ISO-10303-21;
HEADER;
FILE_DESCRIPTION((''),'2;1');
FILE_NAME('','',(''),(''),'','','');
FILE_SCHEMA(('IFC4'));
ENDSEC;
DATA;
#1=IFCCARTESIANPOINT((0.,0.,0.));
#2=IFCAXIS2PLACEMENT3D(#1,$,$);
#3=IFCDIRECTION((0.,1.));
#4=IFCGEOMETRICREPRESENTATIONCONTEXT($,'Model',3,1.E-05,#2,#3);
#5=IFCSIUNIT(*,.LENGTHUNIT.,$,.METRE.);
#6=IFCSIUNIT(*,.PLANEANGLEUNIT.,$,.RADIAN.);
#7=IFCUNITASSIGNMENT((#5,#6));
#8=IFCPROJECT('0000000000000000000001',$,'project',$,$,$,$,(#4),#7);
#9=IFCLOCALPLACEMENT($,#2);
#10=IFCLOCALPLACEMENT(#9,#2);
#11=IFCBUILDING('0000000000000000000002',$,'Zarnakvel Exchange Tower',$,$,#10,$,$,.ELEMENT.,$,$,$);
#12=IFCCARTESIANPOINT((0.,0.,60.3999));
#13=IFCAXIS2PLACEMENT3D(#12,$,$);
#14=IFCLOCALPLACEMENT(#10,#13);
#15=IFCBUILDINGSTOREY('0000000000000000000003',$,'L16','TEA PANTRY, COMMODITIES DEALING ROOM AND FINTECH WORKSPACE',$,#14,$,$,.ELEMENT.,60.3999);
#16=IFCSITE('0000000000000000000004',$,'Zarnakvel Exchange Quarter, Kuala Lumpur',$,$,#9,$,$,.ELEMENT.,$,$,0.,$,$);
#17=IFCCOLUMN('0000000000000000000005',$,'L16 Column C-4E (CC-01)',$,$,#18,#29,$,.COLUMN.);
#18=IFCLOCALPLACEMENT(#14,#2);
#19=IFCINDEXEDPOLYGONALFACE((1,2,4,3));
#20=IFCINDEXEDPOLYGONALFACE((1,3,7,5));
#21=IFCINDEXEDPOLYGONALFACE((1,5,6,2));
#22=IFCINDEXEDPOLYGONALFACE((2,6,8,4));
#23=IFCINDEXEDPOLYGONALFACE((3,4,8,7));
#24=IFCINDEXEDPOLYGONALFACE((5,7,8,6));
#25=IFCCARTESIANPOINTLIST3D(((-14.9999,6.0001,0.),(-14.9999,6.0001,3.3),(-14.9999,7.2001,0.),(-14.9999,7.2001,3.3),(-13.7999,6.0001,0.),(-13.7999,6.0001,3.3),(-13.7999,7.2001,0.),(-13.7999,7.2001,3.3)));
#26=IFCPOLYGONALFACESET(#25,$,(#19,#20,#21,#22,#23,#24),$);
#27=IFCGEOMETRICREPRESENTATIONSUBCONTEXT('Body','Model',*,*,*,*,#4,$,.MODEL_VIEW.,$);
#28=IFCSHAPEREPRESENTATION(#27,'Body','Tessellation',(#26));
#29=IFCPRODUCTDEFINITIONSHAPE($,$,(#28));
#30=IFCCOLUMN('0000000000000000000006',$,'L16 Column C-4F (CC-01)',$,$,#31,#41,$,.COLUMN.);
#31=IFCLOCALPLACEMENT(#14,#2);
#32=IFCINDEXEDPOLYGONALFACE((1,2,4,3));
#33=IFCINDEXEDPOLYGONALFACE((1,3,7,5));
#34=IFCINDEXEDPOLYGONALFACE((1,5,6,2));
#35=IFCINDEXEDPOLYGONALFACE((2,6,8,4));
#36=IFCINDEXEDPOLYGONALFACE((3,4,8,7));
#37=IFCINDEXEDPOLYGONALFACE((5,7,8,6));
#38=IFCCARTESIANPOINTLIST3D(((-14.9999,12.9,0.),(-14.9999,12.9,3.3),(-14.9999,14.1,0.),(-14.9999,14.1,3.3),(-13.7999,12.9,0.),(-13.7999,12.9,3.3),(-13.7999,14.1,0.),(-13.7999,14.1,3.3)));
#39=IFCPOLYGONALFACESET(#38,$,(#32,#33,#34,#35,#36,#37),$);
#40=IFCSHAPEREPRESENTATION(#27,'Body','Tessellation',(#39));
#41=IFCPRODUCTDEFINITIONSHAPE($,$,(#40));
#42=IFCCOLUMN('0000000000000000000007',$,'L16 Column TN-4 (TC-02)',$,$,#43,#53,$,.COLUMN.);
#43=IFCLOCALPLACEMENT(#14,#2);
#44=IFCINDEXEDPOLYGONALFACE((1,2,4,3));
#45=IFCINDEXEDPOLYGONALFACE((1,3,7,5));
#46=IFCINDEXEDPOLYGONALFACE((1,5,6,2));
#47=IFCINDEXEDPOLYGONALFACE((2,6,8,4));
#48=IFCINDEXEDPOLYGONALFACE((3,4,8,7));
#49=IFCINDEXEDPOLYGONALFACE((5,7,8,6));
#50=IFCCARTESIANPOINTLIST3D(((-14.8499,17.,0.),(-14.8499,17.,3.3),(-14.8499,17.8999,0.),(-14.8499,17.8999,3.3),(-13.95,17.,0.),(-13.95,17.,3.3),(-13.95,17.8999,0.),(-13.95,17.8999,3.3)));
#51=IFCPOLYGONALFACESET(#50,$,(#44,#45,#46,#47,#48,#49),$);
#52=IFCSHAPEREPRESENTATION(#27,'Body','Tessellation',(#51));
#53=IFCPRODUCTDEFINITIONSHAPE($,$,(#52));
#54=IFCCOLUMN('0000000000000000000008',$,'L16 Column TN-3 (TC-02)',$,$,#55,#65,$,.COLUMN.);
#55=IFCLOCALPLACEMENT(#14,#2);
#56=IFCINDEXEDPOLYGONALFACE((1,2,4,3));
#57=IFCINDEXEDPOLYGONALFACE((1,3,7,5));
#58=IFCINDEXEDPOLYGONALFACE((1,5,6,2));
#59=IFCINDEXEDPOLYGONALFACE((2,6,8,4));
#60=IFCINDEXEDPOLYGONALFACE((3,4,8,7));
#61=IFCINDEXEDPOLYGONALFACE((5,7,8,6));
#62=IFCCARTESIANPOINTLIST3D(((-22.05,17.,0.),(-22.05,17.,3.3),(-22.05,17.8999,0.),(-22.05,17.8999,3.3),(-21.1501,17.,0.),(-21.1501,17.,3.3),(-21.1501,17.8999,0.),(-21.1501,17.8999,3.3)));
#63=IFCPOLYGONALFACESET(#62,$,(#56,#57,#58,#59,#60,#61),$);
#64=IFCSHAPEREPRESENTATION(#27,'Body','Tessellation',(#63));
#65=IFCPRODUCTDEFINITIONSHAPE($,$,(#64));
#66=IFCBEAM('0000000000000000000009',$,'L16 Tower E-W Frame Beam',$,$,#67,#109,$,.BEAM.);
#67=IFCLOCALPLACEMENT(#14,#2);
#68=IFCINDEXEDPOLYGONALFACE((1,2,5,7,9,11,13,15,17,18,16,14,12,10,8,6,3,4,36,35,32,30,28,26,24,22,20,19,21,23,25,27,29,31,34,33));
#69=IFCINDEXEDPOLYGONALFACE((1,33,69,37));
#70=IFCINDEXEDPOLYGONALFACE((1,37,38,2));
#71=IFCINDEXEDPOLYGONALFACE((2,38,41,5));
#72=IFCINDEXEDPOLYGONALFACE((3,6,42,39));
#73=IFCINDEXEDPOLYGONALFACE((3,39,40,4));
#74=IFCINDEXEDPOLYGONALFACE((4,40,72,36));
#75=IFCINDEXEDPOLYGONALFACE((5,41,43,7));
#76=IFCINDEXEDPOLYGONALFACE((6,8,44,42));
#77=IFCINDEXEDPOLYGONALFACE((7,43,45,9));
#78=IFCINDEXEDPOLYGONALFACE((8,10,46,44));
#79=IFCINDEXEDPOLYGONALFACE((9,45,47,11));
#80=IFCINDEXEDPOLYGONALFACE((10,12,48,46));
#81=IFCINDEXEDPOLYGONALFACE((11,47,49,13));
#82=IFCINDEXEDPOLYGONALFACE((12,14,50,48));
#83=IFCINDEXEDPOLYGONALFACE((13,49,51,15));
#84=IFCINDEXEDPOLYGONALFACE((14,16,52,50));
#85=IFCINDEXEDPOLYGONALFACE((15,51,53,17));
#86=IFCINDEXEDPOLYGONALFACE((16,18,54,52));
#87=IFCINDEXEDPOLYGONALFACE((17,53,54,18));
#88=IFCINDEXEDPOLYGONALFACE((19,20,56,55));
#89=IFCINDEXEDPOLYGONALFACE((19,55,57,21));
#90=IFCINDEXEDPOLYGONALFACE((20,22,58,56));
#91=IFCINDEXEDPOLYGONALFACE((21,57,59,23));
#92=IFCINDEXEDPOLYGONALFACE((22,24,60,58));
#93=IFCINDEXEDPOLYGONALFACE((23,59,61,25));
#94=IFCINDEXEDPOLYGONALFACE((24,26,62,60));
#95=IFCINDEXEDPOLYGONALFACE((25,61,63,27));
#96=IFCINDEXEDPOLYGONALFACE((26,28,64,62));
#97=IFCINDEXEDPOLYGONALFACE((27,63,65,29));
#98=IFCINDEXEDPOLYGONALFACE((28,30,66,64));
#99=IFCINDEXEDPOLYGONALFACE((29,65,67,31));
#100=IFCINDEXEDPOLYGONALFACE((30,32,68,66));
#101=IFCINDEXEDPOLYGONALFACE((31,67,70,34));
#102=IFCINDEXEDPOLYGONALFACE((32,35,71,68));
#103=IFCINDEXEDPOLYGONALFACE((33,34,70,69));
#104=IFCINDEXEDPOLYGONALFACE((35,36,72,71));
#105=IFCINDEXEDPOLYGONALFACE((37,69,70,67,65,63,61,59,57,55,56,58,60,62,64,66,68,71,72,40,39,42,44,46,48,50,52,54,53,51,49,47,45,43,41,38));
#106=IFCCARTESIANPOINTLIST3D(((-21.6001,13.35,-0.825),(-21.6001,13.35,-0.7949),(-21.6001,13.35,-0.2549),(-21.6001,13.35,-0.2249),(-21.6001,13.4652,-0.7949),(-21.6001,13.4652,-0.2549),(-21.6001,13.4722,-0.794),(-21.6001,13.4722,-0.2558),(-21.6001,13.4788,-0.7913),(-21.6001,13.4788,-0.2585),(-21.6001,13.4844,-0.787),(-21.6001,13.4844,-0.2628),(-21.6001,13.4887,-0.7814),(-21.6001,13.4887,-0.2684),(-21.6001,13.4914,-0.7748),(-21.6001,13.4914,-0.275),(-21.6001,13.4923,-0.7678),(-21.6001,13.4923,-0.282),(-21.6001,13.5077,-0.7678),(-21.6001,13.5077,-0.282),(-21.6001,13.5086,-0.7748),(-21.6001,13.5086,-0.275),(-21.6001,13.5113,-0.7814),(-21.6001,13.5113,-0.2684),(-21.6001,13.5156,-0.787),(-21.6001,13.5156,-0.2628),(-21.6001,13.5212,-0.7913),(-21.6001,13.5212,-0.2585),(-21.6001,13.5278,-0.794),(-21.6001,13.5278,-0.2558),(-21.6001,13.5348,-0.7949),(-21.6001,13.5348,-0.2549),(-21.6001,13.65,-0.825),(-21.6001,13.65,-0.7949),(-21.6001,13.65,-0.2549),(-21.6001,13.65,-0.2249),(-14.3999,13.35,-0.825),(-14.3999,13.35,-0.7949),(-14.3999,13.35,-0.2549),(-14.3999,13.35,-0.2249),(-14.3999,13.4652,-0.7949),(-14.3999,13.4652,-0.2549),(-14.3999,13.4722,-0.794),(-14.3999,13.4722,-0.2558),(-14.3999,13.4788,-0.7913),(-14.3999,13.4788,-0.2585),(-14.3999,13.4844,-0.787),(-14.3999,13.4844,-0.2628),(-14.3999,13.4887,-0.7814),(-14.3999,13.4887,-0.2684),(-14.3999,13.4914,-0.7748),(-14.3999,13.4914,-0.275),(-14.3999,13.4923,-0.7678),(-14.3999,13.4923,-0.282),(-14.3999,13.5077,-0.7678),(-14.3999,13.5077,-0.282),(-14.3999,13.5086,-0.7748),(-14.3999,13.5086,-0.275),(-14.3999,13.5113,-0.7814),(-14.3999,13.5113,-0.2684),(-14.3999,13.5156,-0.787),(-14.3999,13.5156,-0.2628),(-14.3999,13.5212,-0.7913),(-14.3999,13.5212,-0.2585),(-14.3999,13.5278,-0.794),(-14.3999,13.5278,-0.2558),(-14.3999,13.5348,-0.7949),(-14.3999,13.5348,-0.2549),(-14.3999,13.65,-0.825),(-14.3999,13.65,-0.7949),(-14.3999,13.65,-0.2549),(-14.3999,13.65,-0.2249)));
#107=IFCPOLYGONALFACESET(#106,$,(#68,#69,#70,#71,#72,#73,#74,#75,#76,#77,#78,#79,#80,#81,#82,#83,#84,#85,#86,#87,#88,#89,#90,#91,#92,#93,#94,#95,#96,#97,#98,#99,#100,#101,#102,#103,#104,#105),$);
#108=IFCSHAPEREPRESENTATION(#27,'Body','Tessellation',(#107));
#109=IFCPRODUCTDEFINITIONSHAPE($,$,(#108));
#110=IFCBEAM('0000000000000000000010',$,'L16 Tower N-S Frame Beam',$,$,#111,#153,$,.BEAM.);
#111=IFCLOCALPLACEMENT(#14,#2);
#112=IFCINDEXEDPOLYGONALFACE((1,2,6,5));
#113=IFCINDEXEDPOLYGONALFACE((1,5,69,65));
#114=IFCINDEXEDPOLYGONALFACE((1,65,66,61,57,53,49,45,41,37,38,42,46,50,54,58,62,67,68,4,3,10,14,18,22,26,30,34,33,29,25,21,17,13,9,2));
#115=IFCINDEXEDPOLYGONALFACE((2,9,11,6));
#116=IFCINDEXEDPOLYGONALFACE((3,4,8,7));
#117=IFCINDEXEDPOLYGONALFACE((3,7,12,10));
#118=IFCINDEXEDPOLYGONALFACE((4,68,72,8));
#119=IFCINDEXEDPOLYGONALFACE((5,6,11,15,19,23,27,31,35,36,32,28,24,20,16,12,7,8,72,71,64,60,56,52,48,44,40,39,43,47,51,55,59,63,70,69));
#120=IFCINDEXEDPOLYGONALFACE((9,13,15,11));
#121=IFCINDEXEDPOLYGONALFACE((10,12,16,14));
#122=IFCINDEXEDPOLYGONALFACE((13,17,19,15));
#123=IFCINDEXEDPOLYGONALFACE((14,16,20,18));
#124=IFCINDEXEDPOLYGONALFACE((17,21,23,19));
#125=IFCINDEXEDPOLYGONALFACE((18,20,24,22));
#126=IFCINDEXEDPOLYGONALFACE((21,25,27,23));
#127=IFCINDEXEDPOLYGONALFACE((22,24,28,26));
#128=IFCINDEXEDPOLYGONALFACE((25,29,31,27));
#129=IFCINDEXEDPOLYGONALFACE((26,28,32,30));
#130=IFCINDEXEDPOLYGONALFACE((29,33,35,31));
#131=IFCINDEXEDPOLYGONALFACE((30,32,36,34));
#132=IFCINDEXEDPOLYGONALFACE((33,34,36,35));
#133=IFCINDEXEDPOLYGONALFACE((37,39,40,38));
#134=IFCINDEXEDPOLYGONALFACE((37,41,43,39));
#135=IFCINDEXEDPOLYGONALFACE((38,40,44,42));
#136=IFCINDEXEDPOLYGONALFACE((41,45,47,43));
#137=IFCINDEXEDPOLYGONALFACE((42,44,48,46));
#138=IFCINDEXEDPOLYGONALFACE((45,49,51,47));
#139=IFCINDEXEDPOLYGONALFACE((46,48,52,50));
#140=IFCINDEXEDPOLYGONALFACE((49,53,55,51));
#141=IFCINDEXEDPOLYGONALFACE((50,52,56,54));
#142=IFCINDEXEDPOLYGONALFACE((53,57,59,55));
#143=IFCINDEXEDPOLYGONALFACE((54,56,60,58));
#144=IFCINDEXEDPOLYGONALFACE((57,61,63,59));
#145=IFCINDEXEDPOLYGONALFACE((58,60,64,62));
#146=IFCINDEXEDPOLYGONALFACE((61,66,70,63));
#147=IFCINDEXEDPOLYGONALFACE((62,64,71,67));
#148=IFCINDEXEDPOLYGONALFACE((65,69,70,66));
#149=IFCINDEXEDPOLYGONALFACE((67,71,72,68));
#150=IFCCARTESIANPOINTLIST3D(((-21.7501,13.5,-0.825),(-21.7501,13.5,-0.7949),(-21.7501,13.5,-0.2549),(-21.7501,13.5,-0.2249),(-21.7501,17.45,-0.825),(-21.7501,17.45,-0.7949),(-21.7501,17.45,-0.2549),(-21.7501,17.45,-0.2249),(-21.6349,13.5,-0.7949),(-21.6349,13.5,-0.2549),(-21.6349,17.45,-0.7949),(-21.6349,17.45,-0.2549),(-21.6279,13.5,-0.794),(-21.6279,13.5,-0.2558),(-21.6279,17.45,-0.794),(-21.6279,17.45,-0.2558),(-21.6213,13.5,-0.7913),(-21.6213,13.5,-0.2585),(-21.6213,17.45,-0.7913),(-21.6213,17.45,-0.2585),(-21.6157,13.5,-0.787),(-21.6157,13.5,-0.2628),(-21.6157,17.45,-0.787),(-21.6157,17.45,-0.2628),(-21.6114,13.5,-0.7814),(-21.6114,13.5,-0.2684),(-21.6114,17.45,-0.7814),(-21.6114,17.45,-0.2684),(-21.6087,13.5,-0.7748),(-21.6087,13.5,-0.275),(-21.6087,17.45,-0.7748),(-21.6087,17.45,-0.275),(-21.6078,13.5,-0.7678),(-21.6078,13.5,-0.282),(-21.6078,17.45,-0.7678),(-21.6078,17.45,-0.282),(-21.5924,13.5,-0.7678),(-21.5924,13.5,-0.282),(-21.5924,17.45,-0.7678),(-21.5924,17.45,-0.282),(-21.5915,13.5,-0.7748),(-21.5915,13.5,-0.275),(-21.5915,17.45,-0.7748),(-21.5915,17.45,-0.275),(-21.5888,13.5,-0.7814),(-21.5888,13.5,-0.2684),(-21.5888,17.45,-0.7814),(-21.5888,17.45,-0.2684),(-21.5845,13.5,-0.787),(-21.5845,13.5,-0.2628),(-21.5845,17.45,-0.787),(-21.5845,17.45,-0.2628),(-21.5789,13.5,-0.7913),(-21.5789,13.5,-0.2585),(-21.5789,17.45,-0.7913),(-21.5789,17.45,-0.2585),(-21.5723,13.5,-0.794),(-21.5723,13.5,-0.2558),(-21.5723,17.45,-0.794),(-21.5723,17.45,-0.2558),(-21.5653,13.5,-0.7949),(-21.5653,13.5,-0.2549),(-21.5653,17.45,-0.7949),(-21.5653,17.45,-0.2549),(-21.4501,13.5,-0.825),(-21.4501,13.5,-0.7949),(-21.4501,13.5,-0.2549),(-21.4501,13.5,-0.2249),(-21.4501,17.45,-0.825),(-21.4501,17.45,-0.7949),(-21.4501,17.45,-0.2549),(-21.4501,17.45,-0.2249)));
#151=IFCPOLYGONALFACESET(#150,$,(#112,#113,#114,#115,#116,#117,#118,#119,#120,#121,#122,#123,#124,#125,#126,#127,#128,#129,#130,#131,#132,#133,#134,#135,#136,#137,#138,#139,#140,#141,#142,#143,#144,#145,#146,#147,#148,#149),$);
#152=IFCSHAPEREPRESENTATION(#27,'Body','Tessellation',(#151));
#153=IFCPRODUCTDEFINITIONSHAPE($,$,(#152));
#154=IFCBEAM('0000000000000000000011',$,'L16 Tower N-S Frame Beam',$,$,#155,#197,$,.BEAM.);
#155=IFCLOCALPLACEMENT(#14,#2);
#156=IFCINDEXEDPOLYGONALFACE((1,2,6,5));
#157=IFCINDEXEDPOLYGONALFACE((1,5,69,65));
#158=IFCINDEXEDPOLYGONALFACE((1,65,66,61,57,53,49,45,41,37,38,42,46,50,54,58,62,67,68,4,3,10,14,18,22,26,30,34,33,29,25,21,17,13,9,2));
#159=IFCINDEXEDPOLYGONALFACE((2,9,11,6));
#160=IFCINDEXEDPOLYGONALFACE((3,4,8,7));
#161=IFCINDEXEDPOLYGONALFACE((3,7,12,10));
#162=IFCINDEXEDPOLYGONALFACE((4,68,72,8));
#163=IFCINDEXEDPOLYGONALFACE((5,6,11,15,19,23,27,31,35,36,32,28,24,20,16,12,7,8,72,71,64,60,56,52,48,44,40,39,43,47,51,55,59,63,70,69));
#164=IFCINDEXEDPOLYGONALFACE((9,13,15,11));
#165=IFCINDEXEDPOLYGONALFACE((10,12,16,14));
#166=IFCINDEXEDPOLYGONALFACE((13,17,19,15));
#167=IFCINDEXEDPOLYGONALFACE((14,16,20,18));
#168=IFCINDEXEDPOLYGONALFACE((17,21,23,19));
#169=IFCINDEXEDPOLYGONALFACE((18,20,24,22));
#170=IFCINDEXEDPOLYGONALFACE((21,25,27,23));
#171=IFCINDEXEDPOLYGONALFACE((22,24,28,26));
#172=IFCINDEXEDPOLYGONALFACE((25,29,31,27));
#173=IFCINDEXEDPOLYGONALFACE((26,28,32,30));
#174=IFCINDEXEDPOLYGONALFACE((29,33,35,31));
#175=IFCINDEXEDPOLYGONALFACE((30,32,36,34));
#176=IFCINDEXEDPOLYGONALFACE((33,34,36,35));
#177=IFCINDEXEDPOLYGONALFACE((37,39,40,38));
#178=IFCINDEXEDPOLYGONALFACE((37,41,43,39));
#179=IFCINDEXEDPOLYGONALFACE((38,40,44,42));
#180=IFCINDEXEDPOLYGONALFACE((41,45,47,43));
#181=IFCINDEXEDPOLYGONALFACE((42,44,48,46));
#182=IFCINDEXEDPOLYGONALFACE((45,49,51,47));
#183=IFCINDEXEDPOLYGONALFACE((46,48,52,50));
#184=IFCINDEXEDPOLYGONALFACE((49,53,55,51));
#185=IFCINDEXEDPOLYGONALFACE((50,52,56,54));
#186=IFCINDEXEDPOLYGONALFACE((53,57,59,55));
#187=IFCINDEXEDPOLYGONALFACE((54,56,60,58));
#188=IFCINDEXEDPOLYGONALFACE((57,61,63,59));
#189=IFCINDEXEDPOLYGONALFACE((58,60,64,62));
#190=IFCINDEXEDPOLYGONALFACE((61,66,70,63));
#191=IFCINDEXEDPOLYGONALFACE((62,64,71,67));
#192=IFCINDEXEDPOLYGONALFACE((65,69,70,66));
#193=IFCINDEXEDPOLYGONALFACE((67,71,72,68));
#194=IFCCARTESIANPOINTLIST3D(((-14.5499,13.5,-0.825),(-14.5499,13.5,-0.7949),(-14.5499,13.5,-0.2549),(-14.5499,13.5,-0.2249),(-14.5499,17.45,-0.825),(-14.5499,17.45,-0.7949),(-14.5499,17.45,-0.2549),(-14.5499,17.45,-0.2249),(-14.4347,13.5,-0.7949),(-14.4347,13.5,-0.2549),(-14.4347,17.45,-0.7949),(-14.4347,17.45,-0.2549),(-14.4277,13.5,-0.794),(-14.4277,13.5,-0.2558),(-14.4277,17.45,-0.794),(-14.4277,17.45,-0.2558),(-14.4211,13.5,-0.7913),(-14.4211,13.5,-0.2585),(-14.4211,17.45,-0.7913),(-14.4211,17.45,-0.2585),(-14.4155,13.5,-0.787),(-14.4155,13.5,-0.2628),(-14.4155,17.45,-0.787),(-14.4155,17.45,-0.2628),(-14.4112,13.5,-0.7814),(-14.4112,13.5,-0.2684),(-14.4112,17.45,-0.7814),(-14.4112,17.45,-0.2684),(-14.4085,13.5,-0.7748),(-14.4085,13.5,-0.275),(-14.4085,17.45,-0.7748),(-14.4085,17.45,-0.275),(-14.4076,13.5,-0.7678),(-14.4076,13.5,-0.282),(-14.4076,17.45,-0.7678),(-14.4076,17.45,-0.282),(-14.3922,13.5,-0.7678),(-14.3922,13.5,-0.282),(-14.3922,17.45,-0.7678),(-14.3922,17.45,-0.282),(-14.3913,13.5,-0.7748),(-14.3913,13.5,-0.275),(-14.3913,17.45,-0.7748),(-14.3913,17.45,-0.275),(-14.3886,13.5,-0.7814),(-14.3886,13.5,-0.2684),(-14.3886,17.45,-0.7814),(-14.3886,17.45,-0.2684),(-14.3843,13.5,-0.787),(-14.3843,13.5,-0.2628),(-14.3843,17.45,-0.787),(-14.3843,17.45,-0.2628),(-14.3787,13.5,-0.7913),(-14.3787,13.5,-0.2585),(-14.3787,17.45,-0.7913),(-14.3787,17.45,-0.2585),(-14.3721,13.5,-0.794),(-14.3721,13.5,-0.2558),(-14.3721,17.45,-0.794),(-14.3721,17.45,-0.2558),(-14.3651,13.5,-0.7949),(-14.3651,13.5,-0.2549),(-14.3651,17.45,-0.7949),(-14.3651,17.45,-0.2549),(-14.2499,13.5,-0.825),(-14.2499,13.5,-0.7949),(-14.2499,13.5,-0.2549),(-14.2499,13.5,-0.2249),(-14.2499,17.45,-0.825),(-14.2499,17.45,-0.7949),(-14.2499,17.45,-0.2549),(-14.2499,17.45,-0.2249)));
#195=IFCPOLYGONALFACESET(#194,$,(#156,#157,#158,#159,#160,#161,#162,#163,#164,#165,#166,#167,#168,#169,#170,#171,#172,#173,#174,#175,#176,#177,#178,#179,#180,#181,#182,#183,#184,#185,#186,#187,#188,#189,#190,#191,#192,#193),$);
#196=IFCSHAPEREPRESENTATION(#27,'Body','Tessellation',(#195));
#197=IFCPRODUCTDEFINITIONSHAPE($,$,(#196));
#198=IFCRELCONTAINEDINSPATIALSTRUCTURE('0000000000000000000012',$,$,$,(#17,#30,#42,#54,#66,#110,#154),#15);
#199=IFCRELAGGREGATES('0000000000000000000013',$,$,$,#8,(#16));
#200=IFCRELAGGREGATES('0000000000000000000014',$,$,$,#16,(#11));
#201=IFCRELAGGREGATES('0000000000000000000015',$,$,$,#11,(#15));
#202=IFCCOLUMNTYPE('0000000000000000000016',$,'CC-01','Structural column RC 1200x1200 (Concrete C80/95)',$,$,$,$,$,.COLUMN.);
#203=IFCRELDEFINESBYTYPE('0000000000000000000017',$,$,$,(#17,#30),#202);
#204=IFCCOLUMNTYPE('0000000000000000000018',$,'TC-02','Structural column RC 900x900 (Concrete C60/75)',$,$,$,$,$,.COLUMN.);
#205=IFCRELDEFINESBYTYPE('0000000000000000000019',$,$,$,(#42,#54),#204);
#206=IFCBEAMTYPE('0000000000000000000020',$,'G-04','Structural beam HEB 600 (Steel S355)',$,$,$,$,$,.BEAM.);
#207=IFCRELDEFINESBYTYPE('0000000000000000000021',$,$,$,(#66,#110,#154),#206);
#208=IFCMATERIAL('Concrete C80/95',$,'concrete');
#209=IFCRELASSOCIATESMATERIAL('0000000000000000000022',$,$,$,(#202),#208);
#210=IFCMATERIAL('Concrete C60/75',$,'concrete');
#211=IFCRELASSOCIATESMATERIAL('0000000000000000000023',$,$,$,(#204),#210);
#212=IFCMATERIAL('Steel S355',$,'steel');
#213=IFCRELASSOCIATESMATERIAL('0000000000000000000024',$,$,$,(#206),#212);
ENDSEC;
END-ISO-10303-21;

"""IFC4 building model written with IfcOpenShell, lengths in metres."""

from ifc_helpers import new_model, si_unit, direction, frame, origin, origin_2d, place, context, subcontext, project, spatial, rectangle, i_section, extrude, material, material_profile, profile_set, type_object, element, save


model = new_model("IFC4")

# Units and contexts
model_context = context("Model", 3, precision=1e-05, world=origin(), true_north=direction((0.0, 1.0)))
body_context = subcontext(model_context, "Body", "Model", "MODEL_VIEW")
ifc_project = project(units=[si_unit("LENGTHUNIT", "METRE"), si_unit("PLANEANGLEUNIT", "RADIAN")], contexts=[model_context])

# Site, building, storey
site_placement = place(None, origin())
site = spatial("IfcSite", under=ifc_project, at=site_placement, Name="Zarnakvel Exchange Quarter, Kuala Lumpur", CompositionType="ELEMENT", RefElevation=0.0)
building_placement = place(site_placement, origin())
building = spatial("IfcBuilding", under=site, at=building_placement, Name="Zarnakvel Exchange Tower", CompositionType="ELEMENT")
storey_placement = place(building_placement, frame((0.0, 0.0, 60.3999)))
storey = spatial("IfcBuildingStorey", under=building, at=storey_placement, Name="L16", Description="TEA PANTRY, COMMODITIES DEALING ROOM AND FINTECH WORKSPACE", CompositionType="ELEMENT", Elevation=60.3999)

# Columns
ifc_material_1 = material(Name="Concrete C80/95", Category="concrete")
ifc_material_profile_1 = material_profile(ifc_material_1, rectangle(XDim=1.2, YDim=1.2, at=origin_2d()))
ifc_profile_set_1 = profile_set([ifc_material_profile_1], Name="Concrete C80/95")
column_type_1 = type_object("IfcColumnType", Name="CC-01", Description="Structural column RC 1200x1200 (Concrete C80/95)", PredefinedType="COLUMN", material=ifc_profile_set_1)
for number, where, z_axis, x_axis, name in (
    (1, (-14.3999, 6.6001, 0.0), (0.0, 0.0, 1.0), (1.0, 0.0, 0.0), "L16 Column C-4E (CC-01)"),
    (2, (-14.3999, 13.5, 0.0), (0.0, 0.0, 1.0), (1.0, 0.0, 0.0), "L16 Column C-4F (CC-01)"),
):
    element("IfcColumn", number, at=place(storey_placement, frame(where, z_axis=z_axis, x_axis=x_axis)), inside=storey, type_object=column_type_1, Name=name, PredefinedType="COLUMN", context=body_context, shape_type="SweptSolid", body=[
        extrude(rectangle(XDim=1.2, YDim=1.2, at=origin_2d()), origin(), (0.0, 0.0, 1.0), 3.3),
    ])
ifc_material_2 = material(Name="Concrete C60/75", Category="concrete")
ifc_material_profile_2 = material_profile(ifc_material_2, rectangle(XDim=0.8999, YDim=0.8999, at=origin_2d()))
ifc_profile_set_2 = profile_set([ifc_material_profile_2], Name="Concrete C60/75")
column_type_2 = type_object("IfcColumnType", Name="TC-02", Description="Structural column RC 900x900 (Concrete C60/75)", PredefinedType="COLUMN", material=ifc_profile_set_2)
for number, where, z_axis, x_axis, name in (
    (3, (-14.3999, 17.45, 0.0), (0.0, 0.0, 1.0), (1.0, 0.0, 0.0), "L16 Column TN-4 (TC-02)"),
    (4, (-21.6001, 17.45, 0.0), (0.0, 0.0, 1.0), (1.0, 0.0, 0.0), "L16 Column TN-3 (TC-02)"),
):
    element("IfcColumn", number, at=place(storey_placement, frame(where, z_axis=z_axis, x_axis=x_axis)), inside=storey, type_object=column_type_2, Name=name, PredefinedType="COLUMN", context=body_context, shape_type="SweptSolid", body=[
        extrude(rectangle(XDim=0.8999, YDim=0.8999, at=origin_2d()), origin(), (0.0, 0.0, 1.0), 3.3),
    ])

# Beams
ifc_material_3 = material(Name="Steel S355", Category="steel")
ifc_material_profile_3 = material_profile(ifc_material_3, i_section(OverallWidth=0.3, OverallDepth=0.6001, WebThickness=0.0154, FlangeThickness=0.03, FilletRadius=0.0271, at=origin_2d()))
ifc_profile_set_3 = profile_set([ifc_material_profile_3], Name="Steel S355")
beam_type_1 = type_object("IfcBeamType", Name="G-04", Description="Structural beam HEB 600 (Steel S355)", PredefinedType="BEAM", material=ifc_profile_set_3)
beam_1_placement = place(storey_placement, frame((-21.6001, 13.5, -0.5249), z_axis=(1.0, 0.0, 0.0), x_axis=(0.0, 1.0, 0.0)))
element("IfcBeam", 5, at=beam_1_placement, inside=storey, type_object=beam_type_1, Name="L16 Tower E-W Frame Beam", PredefinedType="BEAM", context=body_context, shape_type="SweptSolid", body=[
    extrude(i_section(OverallWidth=0.3, OverallDepth=0.6001, WebThickness=0.0154, FlangeThickness=0.03, FilletRadius=0.0271, at=origin_2d()), origin(), (0.0, 0.0, 1.0), 7.2002),
])
for number, where, z_axis, x_axis, name in (
    (6, (-21.6001, 13.5, -0.5249), (0.0, 1.0, 0.0), (-1.0, 0.0, 0.0), "L16 Tower N-S Frame Beam"),
    (7, (-14.3999, 13.5, -0.5249), (0.0, 1.0, 0.0), (-1.0, 0.0, 0.0), "L16 Tower N-S Frame Beam"),
):
    element("IfcBeam", number, at=place(storey_placement, frame(where, z_axis=z_axis, x_axis=x_axis)), inside=storey, type_object=beam_type_1, Name=name, PredefinedType="BEAM", context=body_context, shape_type="SweptSolid", body=[
        extrude(i_section(OverallWidth=0.3, OverallDepth=0.6001, WebThickness=0.0154, FlangeThickness=0.03, FilletRadius=0.0271, at=origin_2d()), origin(), (0.0, 0.0, 1.0), 3.95),
    ])

save(model, "model.ifc")
